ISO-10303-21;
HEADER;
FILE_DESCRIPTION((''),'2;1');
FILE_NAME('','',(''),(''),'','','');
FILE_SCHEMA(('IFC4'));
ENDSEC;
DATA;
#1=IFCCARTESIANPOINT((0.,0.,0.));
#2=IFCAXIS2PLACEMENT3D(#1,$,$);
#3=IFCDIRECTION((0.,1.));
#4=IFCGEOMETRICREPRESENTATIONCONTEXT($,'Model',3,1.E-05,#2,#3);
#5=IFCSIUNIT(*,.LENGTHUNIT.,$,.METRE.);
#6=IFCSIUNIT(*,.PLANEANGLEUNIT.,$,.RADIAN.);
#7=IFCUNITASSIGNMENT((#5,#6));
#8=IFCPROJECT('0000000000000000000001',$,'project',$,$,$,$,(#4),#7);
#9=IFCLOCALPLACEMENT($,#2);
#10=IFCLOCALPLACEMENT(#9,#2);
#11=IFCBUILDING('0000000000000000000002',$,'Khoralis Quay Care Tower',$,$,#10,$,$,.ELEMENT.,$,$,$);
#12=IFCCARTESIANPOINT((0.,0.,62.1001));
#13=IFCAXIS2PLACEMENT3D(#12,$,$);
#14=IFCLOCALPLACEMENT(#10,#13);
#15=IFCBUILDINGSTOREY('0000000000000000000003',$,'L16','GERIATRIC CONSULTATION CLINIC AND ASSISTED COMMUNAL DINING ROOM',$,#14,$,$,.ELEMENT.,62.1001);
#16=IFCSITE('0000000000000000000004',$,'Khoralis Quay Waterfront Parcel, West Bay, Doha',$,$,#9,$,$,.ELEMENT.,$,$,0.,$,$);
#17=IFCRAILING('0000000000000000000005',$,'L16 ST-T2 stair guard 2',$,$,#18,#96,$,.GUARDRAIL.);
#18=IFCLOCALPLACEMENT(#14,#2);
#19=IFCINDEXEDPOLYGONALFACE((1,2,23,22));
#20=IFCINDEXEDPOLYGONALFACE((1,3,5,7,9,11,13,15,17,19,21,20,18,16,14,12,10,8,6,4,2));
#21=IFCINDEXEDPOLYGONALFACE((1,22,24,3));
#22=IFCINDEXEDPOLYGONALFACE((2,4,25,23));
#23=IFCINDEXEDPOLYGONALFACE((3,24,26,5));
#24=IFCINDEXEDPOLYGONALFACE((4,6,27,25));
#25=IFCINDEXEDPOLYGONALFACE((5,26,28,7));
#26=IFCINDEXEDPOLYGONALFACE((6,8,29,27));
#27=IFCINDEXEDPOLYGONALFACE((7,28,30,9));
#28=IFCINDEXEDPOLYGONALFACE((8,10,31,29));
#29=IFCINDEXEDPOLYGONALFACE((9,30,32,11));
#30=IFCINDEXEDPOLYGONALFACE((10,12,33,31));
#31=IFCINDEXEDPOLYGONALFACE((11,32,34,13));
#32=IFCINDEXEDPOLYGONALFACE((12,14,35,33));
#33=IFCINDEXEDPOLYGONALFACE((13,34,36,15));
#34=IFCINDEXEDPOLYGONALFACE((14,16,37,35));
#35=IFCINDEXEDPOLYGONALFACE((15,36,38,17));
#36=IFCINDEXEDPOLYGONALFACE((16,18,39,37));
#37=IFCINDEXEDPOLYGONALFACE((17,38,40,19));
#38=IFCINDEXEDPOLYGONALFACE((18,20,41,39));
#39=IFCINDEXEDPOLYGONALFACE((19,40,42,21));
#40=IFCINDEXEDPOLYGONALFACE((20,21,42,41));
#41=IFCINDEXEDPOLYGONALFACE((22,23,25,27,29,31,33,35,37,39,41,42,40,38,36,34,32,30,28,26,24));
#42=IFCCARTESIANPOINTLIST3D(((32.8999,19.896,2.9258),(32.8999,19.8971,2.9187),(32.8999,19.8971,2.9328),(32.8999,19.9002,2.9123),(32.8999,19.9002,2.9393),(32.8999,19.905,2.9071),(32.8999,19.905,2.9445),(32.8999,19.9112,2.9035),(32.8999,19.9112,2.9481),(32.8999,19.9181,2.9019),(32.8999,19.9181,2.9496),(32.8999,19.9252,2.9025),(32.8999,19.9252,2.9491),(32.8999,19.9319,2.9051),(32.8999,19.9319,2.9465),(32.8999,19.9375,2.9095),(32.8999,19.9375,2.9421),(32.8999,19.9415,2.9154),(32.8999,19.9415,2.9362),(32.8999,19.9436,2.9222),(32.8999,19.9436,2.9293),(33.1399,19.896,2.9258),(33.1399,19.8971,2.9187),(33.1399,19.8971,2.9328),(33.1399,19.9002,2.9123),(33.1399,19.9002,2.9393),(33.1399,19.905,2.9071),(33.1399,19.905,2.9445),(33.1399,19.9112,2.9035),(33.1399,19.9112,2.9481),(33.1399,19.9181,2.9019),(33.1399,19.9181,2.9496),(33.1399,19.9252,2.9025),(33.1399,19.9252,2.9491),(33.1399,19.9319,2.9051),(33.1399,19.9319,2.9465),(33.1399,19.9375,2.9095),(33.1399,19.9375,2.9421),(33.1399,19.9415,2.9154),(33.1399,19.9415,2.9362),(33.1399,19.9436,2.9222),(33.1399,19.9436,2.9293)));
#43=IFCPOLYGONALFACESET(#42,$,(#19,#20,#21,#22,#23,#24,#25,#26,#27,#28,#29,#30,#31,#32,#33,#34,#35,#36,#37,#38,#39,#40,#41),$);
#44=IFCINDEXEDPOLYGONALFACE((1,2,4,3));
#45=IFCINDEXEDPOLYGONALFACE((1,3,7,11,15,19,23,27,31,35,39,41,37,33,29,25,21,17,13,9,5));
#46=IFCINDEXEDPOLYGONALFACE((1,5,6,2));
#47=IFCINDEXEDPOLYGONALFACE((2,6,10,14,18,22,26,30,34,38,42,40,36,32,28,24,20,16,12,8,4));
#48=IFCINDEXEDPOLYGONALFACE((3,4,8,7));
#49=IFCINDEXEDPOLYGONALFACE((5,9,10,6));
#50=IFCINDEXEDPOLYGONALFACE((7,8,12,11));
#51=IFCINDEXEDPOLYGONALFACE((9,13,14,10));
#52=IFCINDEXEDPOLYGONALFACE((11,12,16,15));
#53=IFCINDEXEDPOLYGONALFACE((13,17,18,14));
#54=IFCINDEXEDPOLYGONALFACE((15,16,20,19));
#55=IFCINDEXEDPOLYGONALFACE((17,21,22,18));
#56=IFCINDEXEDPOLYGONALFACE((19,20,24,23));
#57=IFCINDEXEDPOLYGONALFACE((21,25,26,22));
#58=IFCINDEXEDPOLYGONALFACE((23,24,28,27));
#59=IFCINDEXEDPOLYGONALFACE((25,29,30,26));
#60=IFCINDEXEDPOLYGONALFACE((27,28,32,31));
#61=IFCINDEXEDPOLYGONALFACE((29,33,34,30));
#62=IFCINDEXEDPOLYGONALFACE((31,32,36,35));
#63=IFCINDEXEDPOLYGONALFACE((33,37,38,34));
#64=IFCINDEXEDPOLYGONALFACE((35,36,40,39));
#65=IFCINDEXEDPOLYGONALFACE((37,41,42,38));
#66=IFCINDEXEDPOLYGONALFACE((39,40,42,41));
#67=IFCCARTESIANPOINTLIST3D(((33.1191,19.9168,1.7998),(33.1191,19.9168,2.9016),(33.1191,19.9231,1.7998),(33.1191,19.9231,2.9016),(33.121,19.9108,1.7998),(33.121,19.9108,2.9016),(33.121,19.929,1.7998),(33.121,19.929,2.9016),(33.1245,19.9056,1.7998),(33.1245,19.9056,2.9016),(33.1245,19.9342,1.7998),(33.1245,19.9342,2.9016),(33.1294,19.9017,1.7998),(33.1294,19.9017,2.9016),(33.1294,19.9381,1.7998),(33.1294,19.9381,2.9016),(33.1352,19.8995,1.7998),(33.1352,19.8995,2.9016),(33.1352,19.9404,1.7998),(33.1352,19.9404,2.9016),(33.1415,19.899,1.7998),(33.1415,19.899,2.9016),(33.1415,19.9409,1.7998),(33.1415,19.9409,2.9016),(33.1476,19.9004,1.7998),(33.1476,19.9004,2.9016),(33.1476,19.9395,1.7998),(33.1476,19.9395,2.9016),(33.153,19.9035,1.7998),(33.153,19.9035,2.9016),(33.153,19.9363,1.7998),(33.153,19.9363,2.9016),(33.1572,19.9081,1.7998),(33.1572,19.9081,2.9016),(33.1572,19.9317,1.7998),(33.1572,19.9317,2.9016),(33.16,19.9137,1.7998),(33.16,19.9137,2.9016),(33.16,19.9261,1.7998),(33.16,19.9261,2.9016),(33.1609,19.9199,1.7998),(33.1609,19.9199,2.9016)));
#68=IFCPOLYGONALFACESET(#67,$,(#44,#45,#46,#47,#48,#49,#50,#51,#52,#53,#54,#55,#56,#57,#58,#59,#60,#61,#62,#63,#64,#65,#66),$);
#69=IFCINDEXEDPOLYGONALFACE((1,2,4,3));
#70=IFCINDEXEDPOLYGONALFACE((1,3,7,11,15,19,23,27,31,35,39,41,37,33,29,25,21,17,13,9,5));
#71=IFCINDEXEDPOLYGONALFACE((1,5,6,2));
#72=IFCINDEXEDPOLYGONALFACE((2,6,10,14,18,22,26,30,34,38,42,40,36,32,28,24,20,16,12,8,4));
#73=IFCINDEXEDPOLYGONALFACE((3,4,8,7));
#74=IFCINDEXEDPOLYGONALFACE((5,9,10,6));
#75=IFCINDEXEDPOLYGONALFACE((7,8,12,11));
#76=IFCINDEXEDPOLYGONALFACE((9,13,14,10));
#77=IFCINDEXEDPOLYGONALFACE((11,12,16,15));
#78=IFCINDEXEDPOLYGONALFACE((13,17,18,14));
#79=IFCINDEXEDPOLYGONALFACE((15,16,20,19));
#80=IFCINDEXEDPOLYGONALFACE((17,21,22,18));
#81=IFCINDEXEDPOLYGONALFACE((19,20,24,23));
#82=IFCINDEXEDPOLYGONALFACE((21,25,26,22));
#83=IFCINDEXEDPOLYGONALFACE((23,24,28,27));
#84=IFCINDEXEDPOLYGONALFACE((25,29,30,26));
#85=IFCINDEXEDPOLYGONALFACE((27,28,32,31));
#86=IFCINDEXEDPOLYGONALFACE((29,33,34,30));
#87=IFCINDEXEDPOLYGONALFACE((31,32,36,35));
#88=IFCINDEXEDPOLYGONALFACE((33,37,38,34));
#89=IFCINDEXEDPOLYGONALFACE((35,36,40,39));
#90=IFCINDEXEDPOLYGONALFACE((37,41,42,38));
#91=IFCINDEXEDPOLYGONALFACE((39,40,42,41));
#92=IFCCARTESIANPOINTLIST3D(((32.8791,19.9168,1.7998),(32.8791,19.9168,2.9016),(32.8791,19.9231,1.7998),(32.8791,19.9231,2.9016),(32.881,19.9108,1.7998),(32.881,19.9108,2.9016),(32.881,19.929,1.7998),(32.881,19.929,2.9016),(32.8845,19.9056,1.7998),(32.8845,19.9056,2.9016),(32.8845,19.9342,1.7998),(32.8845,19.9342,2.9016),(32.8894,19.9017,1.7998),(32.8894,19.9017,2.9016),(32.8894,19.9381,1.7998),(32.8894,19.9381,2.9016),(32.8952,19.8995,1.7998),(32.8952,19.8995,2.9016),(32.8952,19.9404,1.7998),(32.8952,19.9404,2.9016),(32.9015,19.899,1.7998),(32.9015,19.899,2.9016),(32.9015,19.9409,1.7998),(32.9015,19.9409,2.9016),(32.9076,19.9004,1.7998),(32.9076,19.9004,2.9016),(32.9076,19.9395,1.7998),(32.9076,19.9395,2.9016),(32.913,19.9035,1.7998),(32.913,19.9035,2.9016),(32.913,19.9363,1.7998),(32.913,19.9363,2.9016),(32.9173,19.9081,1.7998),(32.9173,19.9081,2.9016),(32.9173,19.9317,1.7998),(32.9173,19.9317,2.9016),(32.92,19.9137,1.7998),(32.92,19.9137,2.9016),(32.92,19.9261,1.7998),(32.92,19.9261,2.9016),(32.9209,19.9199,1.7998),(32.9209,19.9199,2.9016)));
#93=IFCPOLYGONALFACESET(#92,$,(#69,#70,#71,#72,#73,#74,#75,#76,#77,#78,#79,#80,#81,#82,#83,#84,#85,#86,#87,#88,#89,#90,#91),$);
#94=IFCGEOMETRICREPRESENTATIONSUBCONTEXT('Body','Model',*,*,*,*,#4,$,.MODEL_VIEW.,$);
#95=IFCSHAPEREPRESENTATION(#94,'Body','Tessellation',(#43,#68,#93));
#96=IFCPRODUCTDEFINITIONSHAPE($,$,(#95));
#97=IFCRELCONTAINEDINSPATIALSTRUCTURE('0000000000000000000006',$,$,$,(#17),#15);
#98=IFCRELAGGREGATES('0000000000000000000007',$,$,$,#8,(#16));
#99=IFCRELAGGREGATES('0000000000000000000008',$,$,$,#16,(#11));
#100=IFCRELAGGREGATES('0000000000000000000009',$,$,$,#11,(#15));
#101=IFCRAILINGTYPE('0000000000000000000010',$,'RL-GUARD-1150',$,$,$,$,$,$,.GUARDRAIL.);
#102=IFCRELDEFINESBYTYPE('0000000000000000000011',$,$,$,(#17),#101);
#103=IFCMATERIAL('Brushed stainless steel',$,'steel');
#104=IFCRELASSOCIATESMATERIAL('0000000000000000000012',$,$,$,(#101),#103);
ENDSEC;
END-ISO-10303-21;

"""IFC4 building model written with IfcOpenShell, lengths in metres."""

from ifc_helpers import new_model, si_unit, direction, frame, origin, origin_2d, place, context, subcontext, project, spatial, circle, extrude, material, type_object, element, save


model = new_model("IFC4")

# Units and contexts
model_context = context("Model", 3, precision=1e-05, world=origin(), true_north=direction((0.0, 1.0)))
body_context = subcontext(model_context, "Body", "Model", "MODEL_VIEW")
ifc_project = project(units=[si_unit("LENGTHUNIT", "METRE"), si_unit("PLANEANGLEUNIT", "RADIAN")], contexts=[model_context])

# Site, building, storey
site_placement = place(None, origin())
site = spatial("IfcSite", under=ifc_project, at=site_placement, Name="Khoralis Quay Waterfront Parcel, West Bay, Doha", CompositionType="ELEMENT", RefElevation=0.0)
building_placement = place(site_placement, origin())
building = spatial("IfcBuilding", under=site, at=building_placement, Name="Khoralis Quay Care Tower", CompositionType="ELEMENT")
storey_placement = place(building_placement, frame((0.0, 0.0, 62.1001)))
storey = spatial("IfcBuildingStorey", under=building, at=storey_placement, Name="L16", Description="GERIATRIC CONSULTATION CLINIC AND ASSISTED COMMUNAL DINING ROOM", CompositionType="ELEMENT", Elevation=62.1001)

# Shared definitions
ifc_material_1 = material(Name="Brushed stainless steel", Category="steel")

# Railing
railing_type_1 = type_object("IfcRailingType", Name="RL-GUARD-1150", PredefinedType="GUARDRAIL", material=ifc_material_1)
railing_1_placement = place(storey_placement, frame((33.1399, 19.9199, 1.7998)))
element("IfcRailing", 1, at=railing_1_placement, inside=storey, type_object=railing_type_1, Name="L16 ST-T2 stair guard 2", PredefinedType="GUARDRAIL", context=body_context, shape_type="SweptSolid", body=[
    extrude(circle(Radius=0.0239, at=origin_2d()), frame((0.0, 0.0, 1.126), z_axis=(-1.0, 0.0, 0.0), x_axis=(0.0, -1.0, 0.0)), (0.0, 0.0, 1.0), 0.24),
    extrude(circle(Radius=0.021, at=origin_2d()), origin(), (0.0, 0.0, 1.0), 1.1018),
    extrude(circle(Radius=0.021, at=origin_2d()), frame((-0.24, 0.0, 0.0)), (0.0, 0.0, 1.0), 1.1018),
])

save(model, "model.ifc")
